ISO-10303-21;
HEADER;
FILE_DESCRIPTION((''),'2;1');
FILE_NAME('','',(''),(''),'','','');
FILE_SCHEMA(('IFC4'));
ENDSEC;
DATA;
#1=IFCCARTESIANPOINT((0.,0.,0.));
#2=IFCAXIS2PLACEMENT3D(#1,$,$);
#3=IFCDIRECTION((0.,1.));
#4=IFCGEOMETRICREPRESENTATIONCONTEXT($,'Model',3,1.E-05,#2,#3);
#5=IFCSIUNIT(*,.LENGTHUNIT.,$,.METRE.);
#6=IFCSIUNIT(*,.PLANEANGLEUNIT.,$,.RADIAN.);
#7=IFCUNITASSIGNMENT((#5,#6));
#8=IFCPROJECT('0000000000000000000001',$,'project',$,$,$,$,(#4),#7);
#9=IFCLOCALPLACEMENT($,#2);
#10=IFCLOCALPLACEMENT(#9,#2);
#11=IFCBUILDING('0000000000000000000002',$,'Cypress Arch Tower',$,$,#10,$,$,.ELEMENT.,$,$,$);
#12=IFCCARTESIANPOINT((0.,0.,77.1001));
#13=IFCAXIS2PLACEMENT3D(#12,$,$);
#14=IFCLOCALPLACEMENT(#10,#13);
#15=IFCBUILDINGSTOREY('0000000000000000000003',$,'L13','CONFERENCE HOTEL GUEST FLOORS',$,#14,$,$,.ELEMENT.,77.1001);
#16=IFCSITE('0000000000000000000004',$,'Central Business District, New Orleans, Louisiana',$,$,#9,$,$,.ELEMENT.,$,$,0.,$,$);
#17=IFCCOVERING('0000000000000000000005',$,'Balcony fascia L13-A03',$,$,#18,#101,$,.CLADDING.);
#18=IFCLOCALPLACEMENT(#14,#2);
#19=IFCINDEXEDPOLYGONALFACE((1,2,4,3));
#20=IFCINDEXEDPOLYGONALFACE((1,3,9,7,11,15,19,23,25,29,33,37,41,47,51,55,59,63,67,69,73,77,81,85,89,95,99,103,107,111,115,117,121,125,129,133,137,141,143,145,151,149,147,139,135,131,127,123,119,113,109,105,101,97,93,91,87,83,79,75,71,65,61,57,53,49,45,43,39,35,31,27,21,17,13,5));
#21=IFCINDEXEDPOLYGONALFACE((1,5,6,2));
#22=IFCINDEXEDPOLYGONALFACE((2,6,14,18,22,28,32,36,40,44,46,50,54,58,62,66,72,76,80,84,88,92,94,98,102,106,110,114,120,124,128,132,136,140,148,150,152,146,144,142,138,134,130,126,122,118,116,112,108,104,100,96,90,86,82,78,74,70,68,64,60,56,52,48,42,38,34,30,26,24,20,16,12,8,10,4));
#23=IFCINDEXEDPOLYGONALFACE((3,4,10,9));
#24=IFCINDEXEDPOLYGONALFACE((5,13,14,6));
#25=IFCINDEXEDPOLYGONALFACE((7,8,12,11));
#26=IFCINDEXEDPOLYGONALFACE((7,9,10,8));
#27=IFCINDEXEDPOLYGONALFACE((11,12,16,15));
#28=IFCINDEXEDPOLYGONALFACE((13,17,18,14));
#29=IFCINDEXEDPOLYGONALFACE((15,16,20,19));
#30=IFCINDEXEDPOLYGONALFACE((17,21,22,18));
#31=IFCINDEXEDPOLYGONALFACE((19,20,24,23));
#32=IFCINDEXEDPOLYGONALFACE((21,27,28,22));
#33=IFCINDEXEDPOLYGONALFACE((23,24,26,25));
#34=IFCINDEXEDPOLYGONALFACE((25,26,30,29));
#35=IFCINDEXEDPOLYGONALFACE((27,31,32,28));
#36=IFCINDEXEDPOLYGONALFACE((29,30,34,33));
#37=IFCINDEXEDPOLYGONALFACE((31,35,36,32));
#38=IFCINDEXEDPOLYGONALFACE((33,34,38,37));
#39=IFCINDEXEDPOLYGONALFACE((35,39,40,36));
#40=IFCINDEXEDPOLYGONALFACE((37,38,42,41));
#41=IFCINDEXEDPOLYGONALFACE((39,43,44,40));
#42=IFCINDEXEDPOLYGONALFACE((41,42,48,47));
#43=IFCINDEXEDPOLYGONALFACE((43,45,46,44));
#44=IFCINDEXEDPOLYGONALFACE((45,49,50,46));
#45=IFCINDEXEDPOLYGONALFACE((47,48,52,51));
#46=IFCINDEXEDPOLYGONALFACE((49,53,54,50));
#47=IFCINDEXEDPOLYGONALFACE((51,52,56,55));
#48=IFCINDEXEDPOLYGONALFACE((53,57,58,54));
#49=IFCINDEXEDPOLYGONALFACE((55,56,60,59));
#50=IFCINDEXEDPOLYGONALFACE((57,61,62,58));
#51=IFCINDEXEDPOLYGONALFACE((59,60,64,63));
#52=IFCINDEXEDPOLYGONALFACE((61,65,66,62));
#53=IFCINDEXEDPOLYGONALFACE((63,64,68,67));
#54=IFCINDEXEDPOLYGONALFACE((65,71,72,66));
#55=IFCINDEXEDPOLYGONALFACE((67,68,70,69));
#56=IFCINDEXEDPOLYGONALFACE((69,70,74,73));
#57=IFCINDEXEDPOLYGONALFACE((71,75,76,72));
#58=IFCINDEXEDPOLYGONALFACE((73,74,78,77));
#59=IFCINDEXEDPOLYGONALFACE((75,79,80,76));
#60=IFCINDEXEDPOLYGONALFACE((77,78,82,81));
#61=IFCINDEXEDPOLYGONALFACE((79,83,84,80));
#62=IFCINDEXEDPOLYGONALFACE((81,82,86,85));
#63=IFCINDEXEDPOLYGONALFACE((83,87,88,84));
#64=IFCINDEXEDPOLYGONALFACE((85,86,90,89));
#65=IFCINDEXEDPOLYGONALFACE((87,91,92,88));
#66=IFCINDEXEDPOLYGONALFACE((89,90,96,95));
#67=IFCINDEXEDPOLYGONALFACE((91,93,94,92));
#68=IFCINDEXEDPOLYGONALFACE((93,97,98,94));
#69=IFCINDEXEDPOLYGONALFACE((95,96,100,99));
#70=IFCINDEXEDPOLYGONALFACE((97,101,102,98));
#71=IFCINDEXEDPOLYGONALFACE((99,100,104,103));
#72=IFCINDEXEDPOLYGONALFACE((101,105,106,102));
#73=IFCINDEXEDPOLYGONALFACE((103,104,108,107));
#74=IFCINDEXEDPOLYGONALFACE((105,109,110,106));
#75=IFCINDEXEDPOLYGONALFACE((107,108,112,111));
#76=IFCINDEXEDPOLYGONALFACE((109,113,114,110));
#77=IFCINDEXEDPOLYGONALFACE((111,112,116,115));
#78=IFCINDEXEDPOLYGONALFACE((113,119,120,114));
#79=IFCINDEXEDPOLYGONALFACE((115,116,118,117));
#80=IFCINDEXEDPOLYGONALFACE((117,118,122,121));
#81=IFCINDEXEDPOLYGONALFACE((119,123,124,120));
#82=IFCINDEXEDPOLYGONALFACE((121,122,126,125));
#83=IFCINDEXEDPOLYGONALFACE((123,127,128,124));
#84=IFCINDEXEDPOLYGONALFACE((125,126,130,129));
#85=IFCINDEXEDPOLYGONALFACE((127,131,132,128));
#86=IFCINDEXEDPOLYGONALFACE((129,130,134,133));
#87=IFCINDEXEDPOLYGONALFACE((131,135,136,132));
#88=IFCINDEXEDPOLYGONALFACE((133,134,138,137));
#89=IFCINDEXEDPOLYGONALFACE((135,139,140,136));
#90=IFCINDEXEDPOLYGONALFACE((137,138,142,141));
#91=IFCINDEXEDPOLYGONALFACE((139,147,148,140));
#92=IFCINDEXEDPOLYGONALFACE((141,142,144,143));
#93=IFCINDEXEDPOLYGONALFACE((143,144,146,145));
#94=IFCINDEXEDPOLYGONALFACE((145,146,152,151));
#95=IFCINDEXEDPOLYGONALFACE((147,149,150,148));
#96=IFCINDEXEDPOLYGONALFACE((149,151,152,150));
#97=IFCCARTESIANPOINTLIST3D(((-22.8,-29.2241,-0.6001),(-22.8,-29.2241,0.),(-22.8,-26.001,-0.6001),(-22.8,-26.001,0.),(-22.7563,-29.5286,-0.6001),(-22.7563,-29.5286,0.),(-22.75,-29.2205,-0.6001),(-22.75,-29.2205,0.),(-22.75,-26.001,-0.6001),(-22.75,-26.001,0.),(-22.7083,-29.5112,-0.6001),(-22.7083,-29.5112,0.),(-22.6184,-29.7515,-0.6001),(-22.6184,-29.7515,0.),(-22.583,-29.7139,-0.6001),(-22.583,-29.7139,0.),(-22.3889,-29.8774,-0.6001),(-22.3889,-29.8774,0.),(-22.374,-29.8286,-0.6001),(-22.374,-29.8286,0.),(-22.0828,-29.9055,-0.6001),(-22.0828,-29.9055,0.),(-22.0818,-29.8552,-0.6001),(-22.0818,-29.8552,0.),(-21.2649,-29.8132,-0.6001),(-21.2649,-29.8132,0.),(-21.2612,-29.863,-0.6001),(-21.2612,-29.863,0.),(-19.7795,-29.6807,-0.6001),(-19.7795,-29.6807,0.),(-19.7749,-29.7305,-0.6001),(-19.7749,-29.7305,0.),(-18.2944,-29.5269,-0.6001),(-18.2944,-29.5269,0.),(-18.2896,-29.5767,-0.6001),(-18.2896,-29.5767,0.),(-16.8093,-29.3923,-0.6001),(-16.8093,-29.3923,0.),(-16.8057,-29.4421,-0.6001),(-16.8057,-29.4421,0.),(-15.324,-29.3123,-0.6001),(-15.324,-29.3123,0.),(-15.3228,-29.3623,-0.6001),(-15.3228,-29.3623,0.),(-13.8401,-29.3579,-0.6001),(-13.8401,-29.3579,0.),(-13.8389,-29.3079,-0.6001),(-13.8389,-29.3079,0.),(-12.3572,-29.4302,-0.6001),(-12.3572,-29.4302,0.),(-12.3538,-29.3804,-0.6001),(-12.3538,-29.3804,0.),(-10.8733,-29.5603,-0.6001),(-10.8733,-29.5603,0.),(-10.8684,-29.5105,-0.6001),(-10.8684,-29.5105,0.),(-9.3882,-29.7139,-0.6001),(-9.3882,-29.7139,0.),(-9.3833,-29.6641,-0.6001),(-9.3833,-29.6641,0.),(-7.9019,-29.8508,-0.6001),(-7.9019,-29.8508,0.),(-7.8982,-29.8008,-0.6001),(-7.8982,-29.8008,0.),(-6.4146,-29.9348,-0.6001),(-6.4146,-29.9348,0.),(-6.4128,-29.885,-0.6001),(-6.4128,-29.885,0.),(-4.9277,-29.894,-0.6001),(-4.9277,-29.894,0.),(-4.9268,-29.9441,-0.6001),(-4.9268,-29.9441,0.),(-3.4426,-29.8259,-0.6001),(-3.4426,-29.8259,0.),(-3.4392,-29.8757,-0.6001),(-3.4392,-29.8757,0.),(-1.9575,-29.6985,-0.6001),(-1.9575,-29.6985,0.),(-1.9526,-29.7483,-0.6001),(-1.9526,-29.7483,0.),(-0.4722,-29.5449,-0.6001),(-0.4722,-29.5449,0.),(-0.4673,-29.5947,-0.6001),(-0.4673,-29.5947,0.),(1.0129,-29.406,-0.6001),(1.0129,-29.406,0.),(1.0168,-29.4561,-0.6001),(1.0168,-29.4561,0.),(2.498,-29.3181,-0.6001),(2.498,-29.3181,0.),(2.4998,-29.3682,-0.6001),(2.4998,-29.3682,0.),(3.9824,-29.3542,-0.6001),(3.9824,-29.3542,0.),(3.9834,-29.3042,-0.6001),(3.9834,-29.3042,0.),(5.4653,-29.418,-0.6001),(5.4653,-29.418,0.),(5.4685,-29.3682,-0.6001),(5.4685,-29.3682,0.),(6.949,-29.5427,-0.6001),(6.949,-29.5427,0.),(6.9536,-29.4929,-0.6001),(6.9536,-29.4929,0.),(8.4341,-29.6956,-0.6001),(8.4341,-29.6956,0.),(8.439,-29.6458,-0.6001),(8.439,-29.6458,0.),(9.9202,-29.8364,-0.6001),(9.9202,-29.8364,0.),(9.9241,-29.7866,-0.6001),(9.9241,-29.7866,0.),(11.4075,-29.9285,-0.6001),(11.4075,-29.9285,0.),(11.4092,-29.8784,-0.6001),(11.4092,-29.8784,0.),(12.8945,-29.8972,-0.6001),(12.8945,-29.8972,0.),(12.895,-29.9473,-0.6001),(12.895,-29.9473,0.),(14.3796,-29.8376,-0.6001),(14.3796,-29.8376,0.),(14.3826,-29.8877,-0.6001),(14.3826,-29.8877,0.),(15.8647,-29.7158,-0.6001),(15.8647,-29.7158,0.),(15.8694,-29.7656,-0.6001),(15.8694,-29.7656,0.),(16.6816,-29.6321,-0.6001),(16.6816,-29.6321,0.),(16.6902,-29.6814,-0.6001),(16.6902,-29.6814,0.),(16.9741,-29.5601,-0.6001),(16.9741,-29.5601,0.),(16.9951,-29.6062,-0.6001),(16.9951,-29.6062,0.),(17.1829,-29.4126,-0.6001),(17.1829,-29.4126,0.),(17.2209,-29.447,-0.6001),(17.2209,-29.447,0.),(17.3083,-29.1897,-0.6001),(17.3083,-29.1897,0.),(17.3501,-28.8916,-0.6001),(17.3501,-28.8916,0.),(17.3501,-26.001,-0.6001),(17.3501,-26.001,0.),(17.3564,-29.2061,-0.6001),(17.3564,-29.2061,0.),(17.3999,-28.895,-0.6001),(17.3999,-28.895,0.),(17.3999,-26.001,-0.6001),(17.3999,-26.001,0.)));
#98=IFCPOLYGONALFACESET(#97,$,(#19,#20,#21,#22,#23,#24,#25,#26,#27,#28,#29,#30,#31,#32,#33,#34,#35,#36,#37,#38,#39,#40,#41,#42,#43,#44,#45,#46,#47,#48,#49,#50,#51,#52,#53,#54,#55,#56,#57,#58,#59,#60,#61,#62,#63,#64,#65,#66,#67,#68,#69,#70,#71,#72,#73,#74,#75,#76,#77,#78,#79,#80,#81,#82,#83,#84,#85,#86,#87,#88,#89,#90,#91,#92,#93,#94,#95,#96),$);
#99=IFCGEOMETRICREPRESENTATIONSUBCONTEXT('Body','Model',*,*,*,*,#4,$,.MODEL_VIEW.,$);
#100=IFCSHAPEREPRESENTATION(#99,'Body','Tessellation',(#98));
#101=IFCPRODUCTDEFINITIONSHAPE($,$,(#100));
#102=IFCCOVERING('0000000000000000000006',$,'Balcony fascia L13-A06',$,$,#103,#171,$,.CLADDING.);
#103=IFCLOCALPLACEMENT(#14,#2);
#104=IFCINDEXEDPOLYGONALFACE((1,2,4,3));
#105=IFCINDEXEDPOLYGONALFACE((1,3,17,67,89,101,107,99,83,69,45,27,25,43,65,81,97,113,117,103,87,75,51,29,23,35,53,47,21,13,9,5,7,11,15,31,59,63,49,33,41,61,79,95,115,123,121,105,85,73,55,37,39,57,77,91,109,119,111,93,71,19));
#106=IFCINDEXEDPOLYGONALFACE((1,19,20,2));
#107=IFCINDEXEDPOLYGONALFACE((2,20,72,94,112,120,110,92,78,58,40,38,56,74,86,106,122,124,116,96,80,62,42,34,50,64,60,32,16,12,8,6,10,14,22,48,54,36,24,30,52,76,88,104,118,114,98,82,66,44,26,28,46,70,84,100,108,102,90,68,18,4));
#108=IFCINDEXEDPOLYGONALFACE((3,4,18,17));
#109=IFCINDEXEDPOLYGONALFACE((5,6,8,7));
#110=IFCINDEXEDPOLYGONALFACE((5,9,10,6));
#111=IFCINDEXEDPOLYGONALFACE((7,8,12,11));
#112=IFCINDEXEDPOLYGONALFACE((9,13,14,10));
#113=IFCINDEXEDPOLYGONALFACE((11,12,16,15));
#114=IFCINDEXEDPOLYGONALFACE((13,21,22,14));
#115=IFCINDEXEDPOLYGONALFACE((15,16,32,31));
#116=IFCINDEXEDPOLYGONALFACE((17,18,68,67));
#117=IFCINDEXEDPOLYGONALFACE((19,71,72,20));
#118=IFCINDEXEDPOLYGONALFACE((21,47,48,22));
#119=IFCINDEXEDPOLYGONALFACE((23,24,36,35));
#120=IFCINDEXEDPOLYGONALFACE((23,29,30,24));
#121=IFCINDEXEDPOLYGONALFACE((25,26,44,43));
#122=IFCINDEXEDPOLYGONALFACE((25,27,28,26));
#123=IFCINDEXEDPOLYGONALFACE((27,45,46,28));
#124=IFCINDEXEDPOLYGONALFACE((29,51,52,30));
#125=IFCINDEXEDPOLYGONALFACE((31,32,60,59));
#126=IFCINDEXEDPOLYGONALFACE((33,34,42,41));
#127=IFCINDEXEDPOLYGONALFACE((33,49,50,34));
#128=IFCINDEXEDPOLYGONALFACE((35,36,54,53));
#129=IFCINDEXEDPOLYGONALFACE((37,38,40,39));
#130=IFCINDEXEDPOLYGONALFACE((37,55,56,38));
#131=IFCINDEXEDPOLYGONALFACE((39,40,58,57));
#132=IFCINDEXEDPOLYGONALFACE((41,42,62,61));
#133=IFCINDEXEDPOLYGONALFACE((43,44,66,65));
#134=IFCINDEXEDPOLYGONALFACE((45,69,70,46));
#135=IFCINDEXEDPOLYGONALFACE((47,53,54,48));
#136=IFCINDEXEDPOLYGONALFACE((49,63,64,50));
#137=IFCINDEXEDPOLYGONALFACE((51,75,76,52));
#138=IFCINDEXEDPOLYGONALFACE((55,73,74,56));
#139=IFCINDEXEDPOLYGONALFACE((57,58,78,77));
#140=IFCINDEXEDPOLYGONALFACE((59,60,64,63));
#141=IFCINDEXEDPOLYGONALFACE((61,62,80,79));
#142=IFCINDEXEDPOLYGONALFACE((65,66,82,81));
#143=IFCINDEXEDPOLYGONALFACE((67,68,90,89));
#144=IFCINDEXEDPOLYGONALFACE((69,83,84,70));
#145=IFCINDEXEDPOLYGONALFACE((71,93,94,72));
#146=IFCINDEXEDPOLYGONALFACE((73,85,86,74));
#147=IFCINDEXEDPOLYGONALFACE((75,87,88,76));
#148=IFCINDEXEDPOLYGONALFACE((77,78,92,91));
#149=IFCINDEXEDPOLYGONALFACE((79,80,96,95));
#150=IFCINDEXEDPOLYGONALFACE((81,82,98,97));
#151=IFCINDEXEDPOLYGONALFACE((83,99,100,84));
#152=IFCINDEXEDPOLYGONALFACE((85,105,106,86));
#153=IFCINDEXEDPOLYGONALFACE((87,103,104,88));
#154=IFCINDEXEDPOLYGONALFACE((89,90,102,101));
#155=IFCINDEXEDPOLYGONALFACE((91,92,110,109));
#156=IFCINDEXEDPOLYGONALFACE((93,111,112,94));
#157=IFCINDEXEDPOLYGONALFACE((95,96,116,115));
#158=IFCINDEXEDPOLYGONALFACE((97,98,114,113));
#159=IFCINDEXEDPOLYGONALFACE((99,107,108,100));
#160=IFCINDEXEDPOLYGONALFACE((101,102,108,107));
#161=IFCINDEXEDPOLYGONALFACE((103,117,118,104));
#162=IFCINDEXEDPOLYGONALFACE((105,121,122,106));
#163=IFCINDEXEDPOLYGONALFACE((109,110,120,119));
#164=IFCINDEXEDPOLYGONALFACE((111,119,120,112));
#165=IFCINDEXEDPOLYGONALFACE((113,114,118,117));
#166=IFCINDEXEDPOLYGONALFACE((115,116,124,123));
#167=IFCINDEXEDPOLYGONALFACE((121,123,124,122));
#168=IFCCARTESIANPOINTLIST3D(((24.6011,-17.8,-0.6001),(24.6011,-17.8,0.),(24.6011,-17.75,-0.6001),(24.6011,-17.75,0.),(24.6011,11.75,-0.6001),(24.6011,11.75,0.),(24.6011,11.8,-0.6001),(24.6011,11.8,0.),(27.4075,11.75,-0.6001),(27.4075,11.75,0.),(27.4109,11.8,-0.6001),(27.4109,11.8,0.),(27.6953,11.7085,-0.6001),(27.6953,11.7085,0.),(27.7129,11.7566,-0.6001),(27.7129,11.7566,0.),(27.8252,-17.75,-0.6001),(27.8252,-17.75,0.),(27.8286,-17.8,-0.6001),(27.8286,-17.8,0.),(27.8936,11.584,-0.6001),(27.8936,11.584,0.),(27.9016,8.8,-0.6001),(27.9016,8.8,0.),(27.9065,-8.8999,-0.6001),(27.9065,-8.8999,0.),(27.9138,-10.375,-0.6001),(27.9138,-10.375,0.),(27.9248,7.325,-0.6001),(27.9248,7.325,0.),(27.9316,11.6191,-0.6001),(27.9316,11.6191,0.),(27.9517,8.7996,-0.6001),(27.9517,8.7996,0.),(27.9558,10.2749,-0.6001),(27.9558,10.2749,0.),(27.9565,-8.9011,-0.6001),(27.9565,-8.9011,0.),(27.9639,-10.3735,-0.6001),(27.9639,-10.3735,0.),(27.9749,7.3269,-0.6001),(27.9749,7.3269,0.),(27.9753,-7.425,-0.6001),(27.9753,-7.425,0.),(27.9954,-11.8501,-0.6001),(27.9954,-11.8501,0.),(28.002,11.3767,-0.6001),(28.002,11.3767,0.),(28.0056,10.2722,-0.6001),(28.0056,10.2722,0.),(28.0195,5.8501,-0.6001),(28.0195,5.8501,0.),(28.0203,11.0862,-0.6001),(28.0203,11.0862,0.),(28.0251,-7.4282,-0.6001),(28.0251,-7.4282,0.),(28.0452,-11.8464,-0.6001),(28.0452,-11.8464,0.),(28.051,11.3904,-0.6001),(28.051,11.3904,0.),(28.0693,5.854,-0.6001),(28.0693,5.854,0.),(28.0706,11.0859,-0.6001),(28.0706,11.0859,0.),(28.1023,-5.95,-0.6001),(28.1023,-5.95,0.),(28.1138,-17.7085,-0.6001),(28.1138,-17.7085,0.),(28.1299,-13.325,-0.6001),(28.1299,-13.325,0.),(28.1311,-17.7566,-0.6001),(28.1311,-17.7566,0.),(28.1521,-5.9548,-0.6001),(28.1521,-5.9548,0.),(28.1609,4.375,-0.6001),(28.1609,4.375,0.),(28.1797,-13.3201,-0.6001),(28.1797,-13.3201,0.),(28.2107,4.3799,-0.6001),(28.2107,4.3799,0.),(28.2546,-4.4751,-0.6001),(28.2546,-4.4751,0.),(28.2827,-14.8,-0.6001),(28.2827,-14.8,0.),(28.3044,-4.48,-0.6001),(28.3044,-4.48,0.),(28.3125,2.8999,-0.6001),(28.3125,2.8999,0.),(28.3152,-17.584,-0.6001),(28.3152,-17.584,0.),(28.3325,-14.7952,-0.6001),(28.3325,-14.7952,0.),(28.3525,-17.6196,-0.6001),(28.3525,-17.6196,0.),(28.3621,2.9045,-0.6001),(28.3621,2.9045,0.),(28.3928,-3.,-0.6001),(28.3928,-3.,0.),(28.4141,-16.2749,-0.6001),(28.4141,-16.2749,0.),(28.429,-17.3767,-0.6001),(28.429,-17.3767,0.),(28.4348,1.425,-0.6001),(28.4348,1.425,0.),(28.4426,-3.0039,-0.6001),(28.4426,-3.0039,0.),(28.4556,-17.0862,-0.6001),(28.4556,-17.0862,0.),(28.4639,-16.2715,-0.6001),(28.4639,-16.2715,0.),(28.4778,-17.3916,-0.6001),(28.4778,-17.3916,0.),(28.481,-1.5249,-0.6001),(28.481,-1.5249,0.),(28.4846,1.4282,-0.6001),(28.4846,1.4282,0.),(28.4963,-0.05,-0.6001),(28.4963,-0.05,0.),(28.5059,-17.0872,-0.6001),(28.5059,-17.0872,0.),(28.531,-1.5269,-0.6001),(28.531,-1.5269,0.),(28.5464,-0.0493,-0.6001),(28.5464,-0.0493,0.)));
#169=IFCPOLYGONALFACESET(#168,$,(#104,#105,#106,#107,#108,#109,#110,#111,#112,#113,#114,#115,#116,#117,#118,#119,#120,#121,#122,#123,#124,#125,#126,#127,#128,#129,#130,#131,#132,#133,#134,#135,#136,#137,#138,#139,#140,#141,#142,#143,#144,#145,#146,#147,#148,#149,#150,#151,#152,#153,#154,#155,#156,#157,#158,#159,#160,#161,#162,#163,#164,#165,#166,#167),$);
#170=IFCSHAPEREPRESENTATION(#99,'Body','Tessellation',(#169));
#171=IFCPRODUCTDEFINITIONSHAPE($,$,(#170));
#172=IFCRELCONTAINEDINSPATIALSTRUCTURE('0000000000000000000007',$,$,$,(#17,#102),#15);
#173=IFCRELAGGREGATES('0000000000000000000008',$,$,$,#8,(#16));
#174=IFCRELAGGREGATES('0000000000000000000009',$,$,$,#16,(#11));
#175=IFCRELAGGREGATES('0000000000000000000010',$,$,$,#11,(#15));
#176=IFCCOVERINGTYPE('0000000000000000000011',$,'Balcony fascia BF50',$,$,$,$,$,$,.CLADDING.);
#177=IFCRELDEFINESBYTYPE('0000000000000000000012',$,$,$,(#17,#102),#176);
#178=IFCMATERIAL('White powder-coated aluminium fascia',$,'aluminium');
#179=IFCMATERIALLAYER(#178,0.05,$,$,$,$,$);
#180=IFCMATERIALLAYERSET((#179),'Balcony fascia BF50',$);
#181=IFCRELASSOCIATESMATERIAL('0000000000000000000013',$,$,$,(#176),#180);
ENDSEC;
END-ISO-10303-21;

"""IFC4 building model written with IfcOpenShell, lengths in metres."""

from ifc_helpers import new_model, si_unit, direction, frame, origin, place, context, subcontext, project, spatial, polyline, outline, extrude, material, layer, layer_set, type_object, element, save


model = new_model("IFC4")

# Units and contexts
model_context = context("Model", 3, precision=1e-05, world=origin(), true_north=direction((0.0, 1.0)))
body_context = subcontext(model_context, "Body", "Model", "MODEL_VIEW")
ifc_project = project(units=[si_unit("LENGTHUNIT", "METRE"), si_unit("PLANEANGLEUNIT", "RADIAN")], contexts=[model_context])

# Site, building, storey
site_placement = place(None, origin())
site = spatial("IfcSite", under=ifc_project, at=site_placement, Name="Central Business District, New Orleans, Louisiana", CompositionType="ELEMENT", RefElevation=0.0)
building_placement = place(site_placement, origin())
building = spatial("IfcBuilding", under=site, at=building_placement, Name="Cypress Arch Tower", CompositionType="ELEMENT")
storey_placement = place(building_placement, frame((0.0, 0.0, 77.1001)))
storey = spatial("IfcBuildingStorey", under=building, at=storey_placement, Name="L13", Description="CONFERENCE HOTEL GUEST FLOORS", CompositionType="ELEMENT", Elevation=77.1001)

# Coverings
ifc_material_1 = material(Name="White powder-coated aluminium fascia", Category="aluminium")
ifc_layer_1 = layer(ifc_material_1, 0.05)
ifc_layer_set_1 = layer_set([ifc_layer_1], Name="Balcony fascia BF50")
covering_type_1 = type_object("IfcCoveringType", Name="Balcony fascia BF50", PredefinedType="CLADDING", material=ifc_layer_set_1)
covering_1_placement = place(storey_placement, frame((0.0, 0.0, -0.6001)))
element("IfcCovering", 1, at=covering_1_placement, inside=storey, type_object=covering_type_1, Name="Balcony fascia L13-A03", PredefinedType="CLADDING", context=body_context, shape_type="SweptSolid", body=[
    extrude(outline(polyline([(17.3999, -28.895), (17.3564, -29.2061), (17.2209, -29.447), (16.9951, -29.6062), (16.6902, -29.6814), (15.8694, -29.7656), (14.3826, -29.8877), (12.895, -29.9473), (11.4075, -29.9285), (9.9202, -29.8364), (8.4341, -29.6956), (6.949, -29.5427), (5.4653, -29.418), (3.9824, -29.3542), (2.4998, -29.3682), (1.0168, -29.4561), (-0.4673, -29.5947), (-1.9526, -29.7483), (-3.4392, -29.8757), (-4.9268, -29.9441), (-6.4146, -29.9348), (-7.9019, -29.8508), (-9.3882, -29.7139), (-10.8733, -29.5603), (-12.3572, -29.4302), (-13.8401, -29.3579), (-15.3228, -29.3623), (-16.8057, -29.4421), (-18.2896, -29.5767), (-19.7749, -29.7305), (-21.2612, -29.863), (-22.0828, -29.9055), (-22.3889, -29.8774), (-22.6184, -29.7515), (-22.7563, -29.5286), (-22.8, -29.2241), (-22.8, -26.001), (-22.75, -26.001), (-22.75, -29.2205), (-22.7083, -29.5112), (-22.583, -29.7139), (-22.374, -29.8286), (-22.0818, -29.8552), (-21.2649, -29.8132), (-19.7795, -29.6807), (-18.2944, -29.5269), (-16.8093, -29.3923), (-15.324, -29.3123), (-13.8389, -29.3079), (-12.3538, -29.3804), (-10.8684, -29.5105), (-9.3833, -29.6641), (-7.8982, -29.8008), (-6.4128, -29.885), (-4.9277, -29.894), (-3.4426, -29.8259), (-1.9575, -29.6985), (-0.4722, -29.5449), (1.0129, -29.406), (2.498, -29.3181), (3.9834, -29.3042), (5.4685, -29.3682), (6.9536, -29.4929), (8.439, -29.6458), (9.9241, -29.7866), (11.4092, -29.8784), (12.8945, -29.8972), (14.3796, -29.8376), (15.8647, -29.7158), (16.6816, -29.6321), (16.9741, -29.5601), (17.1829, -29.4126), (17.3083, -29.1897), (17.3501, -28.8916), (17.3501, -26.001), (17.3999, -26.001), (17.3999, -28.895)])), origin(), (0.0, 0.0, 1.0), 0.6001),
])
covering_2_placement = place(storey_placement, frame((0.0, 0.0, -0.6001)))
element("IfcCovering", 2, at=covering_2_placement, inside=storey, type_object=covering_type_1, Name="Balcony fascia L13-A06", PredefinedType="CLADDING", context=body_context, shape_type="SweptSolid", body=[
    extrude(outline(polyline([(27.4109, 11.8), (27.7129, 11.7566), (27.9316, 11.6191), (28.051, 11.3904), (28.0706, 11.0859), (28.0056, 10.2722), (27.9517, 8.7996), (27.9749, 7.3269), (28.0693, 5.854), (28.2107, 4.3799), (28.3621, 2.9045), (28.4846, 1.4282), (28.5464, -0.0493), (28.531, -1.5269), (28.4426, -3.0039), (28.3044, -4.48), (28.1521, -5.9548), (28.0251, -7.4282), (27.9565, -8.9011), (27.9639, -10.3735), (28.0452, -11.8464), (28.1797, -13.3201), (28.3325, -14.7952), (28.4639, -16.2715), (28.5059, -17.0872), (28.4778, -17.3916), (28.3525, -17.6196), (28.1311, -17.7566), (27.8286, -17.8), (24.6011, -17.8), (24.6011, -17.75), (27.8252, -17.75), (28.1138, -17.7085), (28.3152, -17.584), (28.429, -17.3767), (28.4556, -17.0862), (28.4141, -16.2749), (28.2827, -14.8), (28.1299, -13.325), (27.9954, -11.8501), (27.9138, -10.375), (27.9065, -8.8999), (27.9753, -7.425), (28.1023, -5.95), (28.2546, -4.4751), (28.3928, -3.0), (28.481, -1.5249), (28.4963, -0.05), (28.4348, 1.425), (28.3125, 2.8999), (28.1609, 4.375), (28.0195, 5.8501), (27.9248, 7.325), (27.9016, 8.8), (27.9558, 10.2749), (28.0203, 11.0862), (28.002, 11.3767), (27.8936, 11.584), (27.6953, 11.7085), (27.4075, 11.75), (24.6011, 11.75), (24.6011, 11.8), (27.4109, 11.8)])), origin(), (0.0, 0.0, 1.0), 0.6001),
])

save(model, "model.ifc")
